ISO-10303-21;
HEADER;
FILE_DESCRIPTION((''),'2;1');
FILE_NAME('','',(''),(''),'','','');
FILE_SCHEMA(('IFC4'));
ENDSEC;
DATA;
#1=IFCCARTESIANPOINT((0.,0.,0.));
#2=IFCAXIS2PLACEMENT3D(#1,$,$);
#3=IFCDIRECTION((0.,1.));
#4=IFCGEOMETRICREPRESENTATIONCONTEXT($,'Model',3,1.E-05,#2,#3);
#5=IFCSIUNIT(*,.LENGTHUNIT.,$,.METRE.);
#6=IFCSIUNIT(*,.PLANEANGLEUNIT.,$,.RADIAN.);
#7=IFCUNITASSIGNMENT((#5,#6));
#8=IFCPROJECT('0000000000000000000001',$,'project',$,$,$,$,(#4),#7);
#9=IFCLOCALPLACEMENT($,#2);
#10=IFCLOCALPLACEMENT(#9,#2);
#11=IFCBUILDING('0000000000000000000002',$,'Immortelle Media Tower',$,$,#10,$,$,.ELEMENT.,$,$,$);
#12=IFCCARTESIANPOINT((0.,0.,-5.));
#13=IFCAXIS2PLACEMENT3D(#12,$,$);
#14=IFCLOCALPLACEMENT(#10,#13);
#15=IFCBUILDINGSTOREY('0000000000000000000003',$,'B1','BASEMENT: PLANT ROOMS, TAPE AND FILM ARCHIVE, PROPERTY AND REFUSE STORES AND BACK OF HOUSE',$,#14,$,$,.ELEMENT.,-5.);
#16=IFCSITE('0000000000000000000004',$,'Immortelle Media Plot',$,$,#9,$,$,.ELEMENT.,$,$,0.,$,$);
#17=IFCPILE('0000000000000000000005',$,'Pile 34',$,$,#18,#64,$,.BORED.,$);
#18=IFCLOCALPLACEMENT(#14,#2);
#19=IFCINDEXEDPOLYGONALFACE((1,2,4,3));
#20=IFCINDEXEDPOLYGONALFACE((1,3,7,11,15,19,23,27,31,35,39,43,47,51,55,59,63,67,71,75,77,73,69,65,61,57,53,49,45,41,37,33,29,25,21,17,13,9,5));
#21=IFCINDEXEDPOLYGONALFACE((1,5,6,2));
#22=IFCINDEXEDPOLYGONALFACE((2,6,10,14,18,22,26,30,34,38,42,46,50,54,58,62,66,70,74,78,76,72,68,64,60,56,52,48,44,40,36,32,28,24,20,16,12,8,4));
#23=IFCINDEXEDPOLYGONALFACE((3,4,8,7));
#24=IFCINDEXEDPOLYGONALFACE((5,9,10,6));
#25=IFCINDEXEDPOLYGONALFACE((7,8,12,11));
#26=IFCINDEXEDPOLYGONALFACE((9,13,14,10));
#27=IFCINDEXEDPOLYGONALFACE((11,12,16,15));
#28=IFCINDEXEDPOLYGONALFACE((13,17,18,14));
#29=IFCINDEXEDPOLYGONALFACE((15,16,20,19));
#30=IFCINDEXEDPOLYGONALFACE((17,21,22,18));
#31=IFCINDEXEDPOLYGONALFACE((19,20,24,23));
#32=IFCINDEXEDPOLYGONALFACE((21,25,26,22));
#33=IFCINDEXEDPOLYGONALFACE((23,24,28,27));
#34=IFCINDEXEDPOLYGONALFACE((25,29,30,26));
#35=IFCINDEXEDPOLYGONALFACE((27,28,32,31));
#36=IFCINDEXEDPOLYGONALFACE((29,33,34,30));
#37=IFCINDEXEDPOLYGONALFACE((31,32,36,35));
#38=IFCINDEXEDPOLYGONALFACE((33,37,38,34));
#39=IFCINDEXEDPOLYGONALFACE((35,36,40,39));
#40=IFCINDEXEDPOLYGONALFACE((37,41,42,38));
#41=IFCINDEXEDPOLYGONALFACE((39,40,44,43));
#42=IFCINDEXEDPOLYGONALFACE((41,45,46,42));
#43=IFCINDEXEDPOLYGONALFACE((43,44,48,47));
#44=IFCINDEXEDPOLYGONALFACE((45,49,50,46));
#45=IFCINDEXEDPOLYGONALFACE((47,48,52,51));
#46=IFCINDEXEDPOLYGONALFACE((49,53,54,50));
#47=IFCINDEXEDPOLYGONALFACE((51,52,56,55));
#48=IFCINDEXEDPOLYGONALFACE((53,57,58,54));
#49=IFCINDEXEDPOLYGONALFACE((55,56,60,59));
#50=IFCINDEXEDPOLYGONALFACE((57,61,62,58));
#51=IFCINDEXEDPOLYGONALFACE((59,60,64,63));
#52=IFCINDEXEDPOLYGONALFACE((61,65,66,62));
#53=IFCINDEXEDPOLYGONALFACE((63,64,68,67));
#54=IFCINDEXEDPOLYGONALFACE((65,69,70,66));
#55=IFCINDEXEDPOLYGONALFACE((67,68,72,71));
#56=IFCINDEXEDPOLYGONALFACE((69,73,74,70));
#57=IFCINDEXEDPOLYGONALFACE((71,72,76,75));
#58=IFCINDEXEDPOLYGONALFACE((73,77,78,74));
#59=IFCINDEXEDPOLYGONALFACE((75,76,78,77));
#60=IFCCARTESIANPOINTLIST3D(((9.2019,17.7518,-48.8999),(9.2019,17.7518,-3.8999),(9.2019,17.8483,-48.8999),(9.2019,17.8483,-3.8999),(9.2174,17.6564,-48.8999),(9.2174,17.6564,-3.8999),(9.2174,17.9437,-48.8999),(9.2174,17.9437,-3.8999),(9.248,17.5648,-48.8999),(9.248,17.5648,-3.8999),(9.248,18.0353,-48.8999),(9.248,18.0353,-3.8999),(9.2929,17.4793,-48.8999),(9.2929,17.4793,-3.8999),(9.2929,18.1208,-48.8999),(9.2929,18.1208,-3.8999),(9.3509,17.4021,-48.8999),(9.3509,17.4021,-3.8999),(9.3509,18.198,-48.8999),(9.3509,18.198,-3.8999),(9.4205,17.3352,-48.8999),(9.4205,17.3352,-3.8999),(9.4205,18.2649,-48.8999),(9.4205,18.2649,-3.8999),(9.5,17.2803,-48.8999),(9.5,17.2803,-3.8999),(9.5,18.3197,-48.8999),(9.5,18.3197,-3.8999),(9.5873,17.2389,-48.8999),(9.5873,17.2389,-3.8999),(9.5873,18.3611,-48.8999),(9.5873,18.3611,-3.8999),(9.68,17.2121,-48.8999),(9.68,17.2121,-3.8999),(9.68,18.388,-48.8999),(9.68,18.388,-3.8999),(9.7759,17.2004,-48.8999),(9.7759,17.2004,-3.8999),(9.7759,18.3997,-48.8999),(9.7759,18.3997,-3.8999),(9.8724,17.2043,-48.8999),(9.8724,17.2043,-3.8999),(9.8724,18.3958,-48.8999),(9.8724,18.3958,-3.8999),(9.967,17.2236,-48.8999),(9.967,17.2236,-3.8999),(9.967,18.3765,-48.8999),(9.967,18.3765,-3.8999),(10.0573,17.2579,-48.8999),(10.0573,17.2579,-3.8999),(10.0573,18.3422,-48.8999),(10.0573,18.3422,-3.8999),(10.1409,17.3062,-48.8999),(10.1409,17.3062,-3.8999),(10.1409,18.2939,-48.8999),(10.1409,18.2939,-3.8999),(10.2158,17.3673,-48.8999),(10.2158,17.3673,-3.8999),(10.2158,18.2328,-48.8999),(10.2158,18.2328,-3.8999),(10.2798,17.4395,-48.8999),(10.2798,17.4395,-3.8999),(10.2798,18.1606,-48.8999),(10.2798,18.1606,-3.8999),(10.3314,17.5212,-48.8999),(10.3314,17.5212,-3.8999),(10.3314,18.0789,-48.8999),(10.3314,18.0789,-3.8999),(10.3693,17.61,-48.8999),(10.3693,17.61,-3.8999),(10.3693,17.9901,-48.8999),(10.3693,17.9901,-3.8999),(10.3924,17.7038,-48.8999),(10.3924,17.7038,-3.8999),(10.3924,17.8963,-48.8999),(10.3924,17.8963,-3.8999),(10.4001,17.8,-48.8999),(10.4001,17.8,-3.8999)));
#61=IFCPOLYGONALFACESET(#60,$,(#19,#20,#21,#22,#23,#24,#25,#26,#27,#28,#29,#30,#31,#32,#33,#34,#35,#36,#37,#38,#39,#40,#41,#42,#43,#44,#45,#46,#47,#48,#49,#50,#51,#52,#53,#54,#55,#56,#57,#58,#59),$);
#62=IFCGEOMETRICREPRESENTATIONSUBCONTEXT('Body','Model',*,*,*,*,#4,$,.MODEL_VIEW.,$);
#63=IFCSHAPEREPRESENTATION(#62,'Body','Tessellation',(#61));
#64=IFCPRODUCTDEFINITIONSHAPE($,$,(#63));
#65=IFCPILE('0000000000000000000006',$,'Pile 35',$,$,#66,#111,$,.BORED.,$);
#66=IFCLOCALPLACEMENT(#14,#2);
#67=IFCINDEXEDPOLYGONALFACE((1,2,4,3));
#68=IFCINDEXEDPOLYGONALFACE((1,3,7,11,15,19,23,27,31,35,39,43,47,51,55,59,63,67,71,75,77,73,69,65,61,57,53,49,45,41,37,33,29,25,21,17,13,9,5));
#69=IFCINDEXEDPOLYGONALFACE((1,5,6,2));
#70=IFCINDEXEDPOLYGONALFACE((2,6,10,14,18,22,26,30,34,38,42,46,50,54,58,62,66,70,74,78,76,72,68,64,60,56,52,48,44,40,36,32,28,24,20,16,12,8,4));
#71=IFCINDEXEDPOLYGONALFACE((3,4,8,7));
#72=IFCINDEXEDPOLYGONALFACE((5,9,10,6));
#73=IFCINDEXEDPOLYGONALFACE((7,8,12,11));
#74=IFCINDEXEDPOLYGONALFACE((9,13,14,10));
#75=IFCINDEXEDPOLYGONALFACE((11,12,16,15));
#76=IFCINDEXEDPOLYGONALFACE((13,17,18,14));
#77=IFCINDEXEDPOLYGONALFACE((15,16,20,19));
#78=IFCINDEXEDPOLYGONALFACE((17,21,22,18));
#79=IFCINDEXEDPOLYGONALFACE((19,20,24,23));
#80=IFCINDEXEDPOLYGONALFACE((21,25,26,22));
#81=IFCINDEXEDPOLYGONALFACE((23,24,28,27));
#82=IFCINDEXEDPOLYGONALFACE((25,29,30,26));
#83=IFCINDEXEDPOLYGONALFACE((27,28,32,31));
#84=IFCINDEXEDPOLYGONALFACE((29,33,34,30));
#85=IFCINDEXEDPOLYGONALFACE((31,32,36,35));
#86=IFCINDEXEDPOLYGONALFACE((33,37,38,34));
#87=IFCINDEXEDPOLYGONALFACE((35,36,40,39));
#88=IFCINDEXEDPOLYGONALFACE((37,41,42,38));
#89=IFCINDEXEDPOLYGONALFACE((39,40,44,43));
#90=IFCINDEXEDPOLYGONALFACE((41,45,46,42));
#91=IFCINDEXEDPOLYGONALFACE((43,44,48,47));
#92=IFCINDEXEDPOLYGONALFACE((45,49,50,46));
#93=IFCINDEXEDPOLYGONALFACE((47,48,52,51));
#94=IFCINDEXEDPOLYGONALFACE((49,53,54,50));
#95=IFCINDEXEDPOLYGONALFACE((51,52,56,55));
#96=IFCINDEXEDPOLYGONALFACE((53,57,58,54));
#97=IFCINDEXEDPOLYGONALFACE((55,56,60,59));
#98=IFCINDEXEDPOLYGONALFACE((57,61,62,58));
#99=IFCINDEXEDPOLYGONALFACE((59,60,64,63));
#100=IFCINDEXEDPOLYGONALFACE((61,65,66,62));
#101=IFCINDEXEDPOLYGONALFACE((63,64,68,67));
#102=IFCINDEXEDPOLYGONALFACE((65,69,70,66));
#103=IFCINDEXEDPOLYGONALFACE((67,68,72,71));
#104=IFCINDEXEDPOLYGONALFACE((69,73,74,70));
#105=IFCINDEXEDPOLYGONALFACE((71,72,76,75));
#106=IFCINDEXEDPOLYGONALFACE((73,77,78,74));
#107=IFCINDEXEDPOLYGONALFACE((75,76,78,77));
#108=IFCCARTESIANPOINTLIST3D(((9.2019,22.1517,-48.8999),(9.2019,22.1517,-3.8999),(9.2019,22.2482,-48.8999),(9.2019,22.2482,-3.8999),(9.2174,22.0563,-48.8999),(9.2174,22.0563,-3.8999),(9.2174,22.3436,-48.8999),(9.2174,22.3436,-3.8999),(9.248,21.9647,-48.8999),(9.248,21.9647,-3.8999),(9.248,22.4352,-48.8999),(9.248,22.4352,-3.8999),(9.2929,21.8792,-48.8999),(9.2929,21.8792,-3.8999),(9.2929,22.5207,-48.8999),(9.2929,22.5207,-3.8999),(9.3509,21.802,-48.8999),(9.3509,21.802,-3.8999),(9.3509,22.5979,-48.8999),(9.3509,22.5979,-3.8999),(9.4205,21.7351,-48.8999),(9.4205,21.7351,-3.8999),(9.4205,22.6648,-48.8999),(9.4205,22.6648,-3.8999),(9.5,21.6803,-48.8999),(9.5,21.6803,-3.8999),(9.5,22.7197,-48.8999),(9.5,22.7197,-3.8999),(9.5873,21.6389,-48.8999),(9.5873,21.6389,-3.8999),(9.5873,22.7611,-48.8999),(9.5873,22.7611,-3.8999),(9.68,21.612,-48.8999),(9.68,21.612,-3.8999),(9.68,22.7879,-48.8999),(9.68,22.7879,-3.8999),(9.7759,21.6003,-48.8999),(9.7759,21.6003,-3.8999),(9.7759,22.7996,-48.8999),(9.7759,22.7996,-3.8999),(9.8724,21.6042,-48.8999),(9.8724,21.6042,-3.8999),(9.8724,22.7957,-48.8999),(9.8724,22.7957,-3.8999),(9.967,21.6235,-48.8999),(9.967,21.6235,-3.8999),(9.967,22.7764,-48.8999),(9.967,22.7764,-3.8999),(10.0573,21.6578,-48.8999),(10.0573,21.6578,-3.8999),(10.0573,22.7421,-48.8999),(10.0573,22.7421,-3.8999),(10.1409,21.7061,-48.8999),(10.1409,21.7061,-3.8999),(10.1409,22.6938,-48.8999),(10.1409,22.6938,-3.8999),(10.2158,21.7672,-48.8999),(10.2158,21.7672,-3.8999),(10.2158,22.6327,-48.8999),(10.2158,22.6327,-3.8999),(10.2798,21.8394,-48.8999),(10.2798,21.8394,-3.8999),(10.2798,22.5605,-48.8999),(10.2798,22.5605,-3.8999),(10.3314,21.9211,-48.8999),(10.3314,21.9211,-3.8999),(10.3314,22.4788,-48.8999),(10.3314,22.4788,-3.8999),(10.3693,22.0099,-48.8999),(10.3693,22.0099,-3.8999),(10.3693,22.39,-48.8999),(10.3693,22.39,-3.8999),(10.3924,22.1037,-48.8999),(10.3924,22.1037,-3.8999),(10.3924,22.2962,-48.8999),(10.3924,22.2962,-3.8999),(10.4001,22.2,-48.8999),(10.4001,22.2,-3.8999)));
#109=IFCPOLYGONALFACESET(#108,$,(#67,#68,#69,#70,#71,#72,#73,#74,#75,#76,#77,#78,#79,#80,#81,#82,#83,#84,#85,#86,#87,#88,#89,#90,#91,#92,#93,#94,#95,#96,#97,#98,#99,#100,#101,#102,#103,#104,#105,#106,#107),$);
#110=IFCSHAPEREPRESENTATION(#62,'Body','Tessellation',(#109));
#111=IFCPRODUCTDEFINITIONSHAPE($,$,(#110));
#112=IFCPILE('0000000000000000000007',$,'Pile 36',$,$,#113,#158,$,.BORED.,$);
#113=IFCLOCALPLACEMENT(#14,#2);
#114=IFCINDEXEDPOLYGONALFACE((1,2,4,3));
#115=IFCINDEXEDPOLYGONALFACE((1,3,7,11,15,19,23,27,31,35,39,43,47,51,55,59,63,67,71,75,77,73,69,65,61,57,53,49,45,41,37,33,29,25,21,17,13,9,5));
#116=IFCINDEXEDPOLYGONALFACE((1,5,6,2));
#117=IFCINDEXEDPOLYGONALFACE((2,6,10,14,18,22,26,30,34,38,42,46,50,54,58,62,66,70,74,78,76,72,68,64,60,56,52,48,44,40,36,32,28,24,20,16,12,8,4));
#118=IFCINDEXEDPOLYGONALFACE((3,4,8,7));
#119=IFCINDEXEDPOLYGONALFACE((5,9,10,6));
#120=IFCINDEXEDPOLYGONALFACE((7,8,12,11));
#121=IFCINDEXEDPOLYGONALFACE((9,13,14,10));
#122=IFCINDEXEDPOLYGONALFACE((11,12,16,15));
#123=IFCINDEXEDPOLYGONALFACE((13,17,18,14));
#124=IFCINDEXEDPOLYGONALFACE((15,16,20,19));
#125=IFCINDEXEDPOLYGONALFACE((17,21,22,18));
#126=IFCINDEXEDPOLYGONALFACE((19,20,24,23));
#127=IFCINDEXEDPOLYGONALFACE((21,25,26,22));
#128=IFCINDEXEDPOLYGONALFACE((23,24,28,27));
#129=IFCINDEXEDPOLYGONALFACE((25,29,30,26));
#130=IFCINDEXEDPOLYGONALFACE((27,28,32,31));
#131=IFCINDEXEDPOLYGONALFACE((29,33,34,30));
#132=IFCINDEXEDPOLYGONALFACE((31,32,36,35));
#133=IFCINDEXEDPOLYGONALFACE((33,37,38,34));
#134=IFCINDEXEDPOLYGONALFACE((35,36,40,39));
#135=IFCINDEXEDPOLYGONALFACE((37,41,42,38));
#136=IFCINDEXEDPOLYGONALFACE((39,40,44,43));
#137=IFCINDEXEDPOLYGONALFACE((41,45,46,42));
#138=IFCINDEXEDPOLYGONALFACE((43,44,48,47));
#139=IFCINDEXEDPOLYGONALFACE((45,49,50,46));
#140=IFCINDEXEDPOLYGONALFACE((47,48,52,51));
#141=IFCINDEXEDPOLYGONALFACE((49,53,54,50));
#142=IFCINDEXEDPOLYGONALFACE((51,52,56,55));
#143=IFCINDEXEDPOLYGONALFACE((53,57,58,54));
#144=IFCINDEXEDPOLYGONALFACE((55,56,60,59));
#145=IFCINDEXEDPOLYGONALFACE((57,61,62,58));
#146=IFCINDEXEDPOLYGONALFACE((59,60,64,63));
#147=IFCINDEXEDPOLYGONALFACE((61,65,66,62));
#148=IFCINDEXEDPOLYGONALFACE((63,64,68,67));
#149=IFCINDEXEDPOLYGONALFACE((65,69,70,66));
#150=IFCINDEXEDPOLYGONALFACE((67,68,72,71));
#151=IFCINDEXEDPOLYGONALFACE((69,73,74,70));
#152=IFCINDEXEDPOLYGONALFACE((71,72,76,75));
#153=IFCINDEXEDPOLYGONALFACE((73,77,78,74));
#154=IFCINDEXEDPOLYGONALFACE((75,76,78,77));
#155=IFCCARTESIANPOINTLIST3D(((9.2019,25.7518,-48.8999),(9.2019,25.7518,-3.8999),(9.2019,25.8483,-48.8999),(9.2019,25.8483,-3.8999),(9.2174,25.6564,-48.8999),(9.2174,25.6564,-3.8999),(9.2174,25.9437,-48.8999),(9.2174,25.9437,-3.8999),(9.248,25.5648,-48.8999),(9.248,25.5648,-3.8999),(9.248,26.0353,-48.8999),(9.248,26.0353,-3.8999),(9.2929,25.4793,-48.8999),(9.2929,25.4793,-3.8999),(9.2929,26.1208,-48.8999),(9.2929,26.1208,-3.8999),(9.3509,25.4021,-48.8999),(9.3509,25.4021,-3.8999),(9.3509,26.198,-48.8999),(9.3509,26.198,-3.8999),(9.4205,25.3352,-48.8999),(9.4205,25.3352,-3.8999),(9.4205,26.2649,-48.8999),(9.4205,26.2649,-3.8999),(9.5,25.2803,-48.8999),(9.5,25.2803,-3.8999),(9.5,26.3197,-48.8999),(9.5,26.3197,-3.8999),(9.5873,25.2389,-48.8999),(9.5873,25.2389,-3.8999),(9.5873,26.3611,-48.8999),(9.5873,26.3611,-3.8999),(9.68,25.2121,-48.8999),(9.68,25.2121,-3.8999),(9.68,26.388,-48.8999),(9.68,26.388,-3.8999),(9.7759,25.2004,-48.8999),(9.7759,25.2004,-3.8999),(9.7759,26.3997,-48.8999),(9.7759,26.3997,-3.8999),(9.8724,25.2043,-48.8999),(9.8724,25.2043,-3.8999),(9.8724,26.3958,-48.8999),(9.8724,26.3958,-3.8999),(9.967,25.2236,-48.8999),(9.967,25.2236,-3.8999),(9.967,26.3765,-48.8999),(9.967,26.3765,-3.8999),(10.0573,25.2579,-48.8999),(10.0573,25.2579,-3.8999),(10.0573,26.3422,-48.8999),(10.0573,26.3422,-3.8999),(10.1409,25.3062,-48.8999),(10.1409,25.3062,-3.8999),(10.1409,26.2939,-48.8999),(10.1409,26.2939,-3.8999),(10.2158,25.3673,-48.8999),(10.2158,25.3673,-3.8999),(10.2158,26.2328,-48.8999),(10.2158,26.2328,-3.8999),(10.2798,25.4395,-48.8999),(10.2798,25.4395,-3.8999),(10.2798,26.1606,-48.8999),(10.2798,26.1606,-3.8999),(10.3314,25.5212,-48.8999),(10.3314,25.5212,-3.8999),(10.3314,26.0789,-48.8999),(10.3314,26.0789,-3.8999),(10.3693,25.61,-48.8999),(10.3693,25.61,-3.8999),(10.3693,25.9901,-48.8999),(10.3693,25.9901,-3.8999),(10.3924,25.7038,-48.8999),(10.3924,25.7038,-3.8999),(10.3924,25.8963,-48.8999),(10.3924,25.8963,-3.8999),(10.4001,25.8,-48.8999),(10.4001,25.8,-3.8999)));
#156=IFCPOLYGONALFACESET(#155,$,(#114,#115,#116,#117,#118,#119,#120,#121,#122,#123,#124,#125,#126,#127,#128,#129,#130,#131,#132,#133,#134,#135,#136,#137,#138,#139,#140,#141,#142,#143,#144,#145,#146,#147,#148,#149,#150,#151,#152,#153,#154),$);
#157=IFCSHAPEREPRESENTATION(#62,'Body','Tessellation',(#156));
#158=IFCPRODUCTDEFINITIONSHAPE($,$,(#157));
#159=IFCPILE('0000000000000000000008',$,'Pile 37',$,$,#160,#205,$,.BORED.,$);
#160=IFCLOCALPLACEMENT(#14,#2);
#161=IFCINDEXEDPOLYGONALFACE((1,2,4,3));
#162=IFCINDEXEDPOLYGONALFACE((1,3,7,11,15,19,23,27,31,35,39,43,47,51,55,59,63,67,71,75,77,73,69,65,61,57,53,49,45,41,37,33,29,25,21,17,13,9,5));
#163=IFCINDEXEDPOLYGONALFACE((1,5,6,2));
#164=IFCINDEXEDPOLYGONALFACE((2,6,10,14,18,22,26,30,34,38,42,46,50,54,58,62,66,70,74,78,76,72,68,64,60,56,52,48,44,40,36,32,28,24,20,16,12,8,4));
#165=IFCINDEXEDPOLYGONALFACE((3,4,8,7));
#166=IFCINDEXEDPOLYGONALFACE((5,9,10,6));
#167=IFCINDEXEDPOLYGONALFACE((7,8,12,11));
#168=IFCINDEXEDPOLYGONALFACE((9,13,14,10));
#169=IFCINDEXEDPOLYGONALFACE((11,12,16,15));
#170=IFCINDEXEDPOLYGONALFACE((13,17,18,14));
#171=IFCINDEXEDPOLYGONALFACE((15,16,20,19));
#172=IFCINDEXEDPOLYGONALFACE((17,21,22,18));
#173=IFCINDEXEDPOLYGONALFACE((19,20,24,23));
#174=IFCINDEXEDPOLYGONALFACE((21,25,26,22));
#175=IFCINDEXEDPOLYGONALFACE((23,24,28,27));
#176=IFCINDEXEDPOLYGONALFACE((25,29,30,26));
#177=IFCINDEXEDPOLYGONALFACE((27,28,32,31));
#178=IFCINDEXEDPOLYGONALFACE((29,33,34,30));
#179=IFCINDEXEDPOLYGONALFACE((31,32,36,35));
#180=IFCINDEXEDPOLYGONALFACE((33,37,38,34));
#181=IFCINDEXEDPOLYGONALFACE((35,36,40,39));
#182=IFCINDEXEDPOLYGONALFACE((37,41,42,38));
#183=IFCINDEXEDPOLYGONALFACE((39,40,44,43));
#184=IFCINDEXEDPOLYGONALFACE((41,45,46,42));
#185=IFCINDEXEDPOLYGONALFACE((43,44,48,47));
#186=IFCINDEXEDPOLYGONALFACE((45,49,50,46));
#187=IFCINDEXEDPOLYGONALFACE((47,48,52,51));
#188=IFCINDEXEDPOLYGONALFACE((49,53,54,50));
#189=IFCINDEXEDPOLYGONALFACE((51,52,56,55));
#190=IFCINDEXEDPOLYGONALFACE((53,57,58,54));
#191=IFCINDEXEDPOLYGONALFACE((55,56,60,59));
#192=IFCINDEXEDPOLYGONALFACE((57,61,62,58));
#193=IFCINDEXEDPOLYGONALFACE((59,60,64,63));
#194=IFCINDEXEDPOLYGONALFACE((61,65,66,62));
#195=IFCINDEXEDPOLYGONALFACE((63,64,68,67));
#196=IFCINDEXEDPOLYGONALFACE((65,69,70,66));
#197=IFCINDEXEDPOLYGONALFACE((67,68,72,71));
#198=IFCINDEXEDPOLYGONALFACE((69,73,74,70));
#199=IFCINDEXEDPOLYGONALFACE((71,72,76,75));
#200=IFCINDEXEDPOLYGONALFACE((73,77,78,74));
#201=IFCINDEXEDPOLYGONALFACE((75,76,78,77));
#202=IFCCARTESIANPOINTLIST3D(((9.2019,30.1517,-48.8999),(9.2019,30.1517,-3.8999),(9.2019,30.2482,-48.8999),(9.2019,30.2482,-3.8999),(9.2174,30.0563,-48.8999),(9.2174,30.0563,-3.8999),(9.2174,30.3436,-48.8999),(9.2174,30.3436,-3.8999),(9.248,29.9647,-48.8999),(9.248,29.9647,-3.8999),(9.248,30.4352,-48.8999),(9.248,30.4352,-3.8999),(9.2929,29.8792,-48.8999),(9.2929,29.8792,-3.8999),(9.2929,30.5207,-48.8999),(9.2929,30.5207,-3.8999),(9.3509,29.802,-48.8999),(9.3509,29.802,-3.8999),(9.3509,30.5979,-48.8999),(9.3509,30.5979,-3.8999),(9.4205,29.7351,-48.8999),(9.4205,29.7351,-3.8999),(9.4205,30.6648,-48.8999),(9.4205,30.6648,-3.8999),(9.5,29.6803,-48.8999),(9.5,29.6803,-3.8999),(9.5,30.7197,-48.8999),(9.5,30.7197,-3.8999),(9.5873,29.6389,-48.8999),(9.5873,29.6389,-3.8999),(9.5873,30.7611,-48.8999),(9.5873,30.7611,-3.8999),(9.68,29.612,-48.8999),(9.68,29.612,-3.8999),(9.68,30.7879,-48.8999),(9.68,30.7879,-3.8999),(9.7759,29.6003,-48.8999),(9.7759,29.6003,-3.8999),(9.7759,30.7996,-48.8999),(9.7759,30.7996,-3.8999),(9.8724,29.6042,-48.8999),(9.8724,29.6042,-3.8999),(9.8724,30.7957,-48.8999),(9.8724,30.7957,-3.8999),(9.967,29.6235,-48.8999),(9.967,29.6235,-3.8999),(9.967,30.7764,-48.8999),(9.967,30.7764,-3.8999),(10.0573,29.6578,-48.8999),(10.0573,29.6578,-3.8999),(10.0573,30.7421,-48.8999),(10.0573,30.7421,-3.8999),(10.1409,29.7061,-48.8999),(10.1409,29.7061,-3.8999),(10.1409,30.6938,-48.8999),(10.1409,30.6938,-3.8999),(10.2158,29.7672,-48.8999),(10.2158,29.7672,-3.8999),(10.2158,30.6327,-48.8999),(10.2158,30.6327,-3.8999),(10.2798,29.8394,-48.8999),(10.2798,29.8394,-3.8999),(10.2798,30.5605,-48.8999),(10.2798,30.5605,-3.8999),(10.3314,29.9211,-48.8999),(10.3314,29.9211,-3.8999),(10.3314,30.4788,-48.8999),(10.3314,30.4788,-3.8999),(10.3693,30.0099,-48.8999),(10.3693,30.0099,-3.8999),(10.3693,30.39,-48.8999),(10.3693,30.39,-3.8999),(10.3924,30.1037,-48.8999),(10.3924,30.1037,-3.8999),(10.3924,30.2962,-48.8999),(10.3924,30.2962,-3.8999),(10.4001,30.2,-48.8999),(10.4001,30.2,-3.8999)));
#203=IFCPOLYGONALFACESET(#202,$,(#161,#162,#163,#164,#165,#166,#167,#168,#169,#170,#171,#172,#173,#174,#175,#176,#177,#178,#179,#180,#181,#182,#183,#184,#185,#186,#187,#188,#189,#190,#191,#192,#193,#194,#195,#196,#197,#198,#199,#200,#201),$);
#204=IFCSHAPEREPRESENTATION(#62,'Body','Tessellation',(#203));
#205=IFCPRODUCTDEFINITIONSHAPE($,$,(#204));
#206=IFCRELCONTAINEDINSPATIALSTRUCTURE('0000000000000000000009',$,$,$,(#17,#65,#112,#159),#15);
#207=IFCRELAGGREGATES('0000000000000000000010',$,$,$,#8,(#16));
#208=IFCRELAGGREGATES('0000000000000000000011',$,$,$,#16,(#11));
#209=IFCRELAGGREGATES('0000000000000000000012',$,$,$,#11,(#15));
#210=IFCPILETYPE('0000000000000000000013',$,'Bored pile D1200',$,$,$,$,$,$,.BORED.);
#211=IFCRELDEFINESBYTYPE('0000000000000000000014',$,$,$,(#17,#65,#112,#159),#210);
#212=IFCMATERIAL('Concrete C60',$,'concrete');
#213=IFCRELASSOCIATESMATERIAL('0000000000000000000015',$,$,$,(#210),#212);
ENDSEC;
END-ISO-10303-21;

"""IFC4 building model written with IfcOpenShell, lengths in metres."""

from ifc_helpers import new_model, si_unit, direction, frame, origin, origin_2d, place, context, subcontext, project, spatial, circle, extrude, material, material_profile, profile_set, type_object, element, save


model = new_model("IFC4")

# Units and contexts
model_context = context("Model", 3, precision=1e-05, world=origin(), true_north=direction((0.0, 1.0)))
body_context = subcontext(model_context, "Body", "Model", "MODEL_VIEW")
ifc_project = project(units=[si_unit("LENGTHUNIT", "METRE"), si_unit("PLANEANGLEUNIT", "RADIAN")], contexts=[model_context])

# Site, building, storey
site_placement = place(None, origin())
site = spatial("IfcSite", under=ifc_project, at=site_placement, Name="Immortelle Media Plot", CompositionType="ELEMENT", RefElevation=0.0)
building_placement = place(site_placement, origin())
building = spatial("IfcBuilding", under=site, at=building_placement, Name="Immortelle Media Tower", CompositionType="ELEMENT")
storey_placement = place(building_placement, frame((0.0, 0.0, -5.0)))
storey = spatial("IfcBuildingStorey", under=building, at=storey_placement, Name="B1", Description="BASEMENT: PLANT ROOMS, TAPE AND FILM ARCHIVE, PROPERTY AND REFUSE STORES AND BACK OF HOUSE", CompositionType="ELEMENT", Elevation=-5.0)

# Piles
ifc_material_1 = material(Name="Concrete C60", Category="concrete")
ifc_material_profile_1 = material_profile(ifc_material_1, circle(Radius=0.6001, at=origin_2d()), Name="Bored pile D1200")
ifc_profile_set_1 = profile_set([ifc_material_profile_1], Name="Concrete C60")
pile_type = type_object("IfcPileType", Name="Bored pile D1200", PredefinedType="BORED", material=ifc_profile_set_1)
for number, where, z_axis, x_axis, name in (
    (1, (9.8, 17.8, -3.8999), (0.0, 0.0, -1.0), (1.0, 0.0, 0.0), "Pile 34"),
    (2, (9.8, 22.2, -3.8999), (0.0, 0.0, -1.0), (1.0, 0.0, 0.0), "Pile 35"),
    (3, (9.8, 25.8, -3.8999), (0.0, 0.0, -1.0), (1.0, 0.0, 0.0), "Pile 36"),
    (4, (9.8, 30.2, -3.8999), (0.0, 0.0, -1.0), (1.0, 0.0, 0.0), "Pile 37"),
):
    element("IfcPile", number, at=place(storey_placement, frame(where, z_axis=z_axis, x_axis=x_axis)), inside=storey, type_object=pile_type, Name=name, PredefinedType="BORED", context=body_context, shape_type="SweptSolid", body=[
        extrude(circle(Radius=0.6001, at=origin_2d()), origin(), (0.0, 0.0, 1.0), 45.0),
    ])

save(model, "model.ifc")
